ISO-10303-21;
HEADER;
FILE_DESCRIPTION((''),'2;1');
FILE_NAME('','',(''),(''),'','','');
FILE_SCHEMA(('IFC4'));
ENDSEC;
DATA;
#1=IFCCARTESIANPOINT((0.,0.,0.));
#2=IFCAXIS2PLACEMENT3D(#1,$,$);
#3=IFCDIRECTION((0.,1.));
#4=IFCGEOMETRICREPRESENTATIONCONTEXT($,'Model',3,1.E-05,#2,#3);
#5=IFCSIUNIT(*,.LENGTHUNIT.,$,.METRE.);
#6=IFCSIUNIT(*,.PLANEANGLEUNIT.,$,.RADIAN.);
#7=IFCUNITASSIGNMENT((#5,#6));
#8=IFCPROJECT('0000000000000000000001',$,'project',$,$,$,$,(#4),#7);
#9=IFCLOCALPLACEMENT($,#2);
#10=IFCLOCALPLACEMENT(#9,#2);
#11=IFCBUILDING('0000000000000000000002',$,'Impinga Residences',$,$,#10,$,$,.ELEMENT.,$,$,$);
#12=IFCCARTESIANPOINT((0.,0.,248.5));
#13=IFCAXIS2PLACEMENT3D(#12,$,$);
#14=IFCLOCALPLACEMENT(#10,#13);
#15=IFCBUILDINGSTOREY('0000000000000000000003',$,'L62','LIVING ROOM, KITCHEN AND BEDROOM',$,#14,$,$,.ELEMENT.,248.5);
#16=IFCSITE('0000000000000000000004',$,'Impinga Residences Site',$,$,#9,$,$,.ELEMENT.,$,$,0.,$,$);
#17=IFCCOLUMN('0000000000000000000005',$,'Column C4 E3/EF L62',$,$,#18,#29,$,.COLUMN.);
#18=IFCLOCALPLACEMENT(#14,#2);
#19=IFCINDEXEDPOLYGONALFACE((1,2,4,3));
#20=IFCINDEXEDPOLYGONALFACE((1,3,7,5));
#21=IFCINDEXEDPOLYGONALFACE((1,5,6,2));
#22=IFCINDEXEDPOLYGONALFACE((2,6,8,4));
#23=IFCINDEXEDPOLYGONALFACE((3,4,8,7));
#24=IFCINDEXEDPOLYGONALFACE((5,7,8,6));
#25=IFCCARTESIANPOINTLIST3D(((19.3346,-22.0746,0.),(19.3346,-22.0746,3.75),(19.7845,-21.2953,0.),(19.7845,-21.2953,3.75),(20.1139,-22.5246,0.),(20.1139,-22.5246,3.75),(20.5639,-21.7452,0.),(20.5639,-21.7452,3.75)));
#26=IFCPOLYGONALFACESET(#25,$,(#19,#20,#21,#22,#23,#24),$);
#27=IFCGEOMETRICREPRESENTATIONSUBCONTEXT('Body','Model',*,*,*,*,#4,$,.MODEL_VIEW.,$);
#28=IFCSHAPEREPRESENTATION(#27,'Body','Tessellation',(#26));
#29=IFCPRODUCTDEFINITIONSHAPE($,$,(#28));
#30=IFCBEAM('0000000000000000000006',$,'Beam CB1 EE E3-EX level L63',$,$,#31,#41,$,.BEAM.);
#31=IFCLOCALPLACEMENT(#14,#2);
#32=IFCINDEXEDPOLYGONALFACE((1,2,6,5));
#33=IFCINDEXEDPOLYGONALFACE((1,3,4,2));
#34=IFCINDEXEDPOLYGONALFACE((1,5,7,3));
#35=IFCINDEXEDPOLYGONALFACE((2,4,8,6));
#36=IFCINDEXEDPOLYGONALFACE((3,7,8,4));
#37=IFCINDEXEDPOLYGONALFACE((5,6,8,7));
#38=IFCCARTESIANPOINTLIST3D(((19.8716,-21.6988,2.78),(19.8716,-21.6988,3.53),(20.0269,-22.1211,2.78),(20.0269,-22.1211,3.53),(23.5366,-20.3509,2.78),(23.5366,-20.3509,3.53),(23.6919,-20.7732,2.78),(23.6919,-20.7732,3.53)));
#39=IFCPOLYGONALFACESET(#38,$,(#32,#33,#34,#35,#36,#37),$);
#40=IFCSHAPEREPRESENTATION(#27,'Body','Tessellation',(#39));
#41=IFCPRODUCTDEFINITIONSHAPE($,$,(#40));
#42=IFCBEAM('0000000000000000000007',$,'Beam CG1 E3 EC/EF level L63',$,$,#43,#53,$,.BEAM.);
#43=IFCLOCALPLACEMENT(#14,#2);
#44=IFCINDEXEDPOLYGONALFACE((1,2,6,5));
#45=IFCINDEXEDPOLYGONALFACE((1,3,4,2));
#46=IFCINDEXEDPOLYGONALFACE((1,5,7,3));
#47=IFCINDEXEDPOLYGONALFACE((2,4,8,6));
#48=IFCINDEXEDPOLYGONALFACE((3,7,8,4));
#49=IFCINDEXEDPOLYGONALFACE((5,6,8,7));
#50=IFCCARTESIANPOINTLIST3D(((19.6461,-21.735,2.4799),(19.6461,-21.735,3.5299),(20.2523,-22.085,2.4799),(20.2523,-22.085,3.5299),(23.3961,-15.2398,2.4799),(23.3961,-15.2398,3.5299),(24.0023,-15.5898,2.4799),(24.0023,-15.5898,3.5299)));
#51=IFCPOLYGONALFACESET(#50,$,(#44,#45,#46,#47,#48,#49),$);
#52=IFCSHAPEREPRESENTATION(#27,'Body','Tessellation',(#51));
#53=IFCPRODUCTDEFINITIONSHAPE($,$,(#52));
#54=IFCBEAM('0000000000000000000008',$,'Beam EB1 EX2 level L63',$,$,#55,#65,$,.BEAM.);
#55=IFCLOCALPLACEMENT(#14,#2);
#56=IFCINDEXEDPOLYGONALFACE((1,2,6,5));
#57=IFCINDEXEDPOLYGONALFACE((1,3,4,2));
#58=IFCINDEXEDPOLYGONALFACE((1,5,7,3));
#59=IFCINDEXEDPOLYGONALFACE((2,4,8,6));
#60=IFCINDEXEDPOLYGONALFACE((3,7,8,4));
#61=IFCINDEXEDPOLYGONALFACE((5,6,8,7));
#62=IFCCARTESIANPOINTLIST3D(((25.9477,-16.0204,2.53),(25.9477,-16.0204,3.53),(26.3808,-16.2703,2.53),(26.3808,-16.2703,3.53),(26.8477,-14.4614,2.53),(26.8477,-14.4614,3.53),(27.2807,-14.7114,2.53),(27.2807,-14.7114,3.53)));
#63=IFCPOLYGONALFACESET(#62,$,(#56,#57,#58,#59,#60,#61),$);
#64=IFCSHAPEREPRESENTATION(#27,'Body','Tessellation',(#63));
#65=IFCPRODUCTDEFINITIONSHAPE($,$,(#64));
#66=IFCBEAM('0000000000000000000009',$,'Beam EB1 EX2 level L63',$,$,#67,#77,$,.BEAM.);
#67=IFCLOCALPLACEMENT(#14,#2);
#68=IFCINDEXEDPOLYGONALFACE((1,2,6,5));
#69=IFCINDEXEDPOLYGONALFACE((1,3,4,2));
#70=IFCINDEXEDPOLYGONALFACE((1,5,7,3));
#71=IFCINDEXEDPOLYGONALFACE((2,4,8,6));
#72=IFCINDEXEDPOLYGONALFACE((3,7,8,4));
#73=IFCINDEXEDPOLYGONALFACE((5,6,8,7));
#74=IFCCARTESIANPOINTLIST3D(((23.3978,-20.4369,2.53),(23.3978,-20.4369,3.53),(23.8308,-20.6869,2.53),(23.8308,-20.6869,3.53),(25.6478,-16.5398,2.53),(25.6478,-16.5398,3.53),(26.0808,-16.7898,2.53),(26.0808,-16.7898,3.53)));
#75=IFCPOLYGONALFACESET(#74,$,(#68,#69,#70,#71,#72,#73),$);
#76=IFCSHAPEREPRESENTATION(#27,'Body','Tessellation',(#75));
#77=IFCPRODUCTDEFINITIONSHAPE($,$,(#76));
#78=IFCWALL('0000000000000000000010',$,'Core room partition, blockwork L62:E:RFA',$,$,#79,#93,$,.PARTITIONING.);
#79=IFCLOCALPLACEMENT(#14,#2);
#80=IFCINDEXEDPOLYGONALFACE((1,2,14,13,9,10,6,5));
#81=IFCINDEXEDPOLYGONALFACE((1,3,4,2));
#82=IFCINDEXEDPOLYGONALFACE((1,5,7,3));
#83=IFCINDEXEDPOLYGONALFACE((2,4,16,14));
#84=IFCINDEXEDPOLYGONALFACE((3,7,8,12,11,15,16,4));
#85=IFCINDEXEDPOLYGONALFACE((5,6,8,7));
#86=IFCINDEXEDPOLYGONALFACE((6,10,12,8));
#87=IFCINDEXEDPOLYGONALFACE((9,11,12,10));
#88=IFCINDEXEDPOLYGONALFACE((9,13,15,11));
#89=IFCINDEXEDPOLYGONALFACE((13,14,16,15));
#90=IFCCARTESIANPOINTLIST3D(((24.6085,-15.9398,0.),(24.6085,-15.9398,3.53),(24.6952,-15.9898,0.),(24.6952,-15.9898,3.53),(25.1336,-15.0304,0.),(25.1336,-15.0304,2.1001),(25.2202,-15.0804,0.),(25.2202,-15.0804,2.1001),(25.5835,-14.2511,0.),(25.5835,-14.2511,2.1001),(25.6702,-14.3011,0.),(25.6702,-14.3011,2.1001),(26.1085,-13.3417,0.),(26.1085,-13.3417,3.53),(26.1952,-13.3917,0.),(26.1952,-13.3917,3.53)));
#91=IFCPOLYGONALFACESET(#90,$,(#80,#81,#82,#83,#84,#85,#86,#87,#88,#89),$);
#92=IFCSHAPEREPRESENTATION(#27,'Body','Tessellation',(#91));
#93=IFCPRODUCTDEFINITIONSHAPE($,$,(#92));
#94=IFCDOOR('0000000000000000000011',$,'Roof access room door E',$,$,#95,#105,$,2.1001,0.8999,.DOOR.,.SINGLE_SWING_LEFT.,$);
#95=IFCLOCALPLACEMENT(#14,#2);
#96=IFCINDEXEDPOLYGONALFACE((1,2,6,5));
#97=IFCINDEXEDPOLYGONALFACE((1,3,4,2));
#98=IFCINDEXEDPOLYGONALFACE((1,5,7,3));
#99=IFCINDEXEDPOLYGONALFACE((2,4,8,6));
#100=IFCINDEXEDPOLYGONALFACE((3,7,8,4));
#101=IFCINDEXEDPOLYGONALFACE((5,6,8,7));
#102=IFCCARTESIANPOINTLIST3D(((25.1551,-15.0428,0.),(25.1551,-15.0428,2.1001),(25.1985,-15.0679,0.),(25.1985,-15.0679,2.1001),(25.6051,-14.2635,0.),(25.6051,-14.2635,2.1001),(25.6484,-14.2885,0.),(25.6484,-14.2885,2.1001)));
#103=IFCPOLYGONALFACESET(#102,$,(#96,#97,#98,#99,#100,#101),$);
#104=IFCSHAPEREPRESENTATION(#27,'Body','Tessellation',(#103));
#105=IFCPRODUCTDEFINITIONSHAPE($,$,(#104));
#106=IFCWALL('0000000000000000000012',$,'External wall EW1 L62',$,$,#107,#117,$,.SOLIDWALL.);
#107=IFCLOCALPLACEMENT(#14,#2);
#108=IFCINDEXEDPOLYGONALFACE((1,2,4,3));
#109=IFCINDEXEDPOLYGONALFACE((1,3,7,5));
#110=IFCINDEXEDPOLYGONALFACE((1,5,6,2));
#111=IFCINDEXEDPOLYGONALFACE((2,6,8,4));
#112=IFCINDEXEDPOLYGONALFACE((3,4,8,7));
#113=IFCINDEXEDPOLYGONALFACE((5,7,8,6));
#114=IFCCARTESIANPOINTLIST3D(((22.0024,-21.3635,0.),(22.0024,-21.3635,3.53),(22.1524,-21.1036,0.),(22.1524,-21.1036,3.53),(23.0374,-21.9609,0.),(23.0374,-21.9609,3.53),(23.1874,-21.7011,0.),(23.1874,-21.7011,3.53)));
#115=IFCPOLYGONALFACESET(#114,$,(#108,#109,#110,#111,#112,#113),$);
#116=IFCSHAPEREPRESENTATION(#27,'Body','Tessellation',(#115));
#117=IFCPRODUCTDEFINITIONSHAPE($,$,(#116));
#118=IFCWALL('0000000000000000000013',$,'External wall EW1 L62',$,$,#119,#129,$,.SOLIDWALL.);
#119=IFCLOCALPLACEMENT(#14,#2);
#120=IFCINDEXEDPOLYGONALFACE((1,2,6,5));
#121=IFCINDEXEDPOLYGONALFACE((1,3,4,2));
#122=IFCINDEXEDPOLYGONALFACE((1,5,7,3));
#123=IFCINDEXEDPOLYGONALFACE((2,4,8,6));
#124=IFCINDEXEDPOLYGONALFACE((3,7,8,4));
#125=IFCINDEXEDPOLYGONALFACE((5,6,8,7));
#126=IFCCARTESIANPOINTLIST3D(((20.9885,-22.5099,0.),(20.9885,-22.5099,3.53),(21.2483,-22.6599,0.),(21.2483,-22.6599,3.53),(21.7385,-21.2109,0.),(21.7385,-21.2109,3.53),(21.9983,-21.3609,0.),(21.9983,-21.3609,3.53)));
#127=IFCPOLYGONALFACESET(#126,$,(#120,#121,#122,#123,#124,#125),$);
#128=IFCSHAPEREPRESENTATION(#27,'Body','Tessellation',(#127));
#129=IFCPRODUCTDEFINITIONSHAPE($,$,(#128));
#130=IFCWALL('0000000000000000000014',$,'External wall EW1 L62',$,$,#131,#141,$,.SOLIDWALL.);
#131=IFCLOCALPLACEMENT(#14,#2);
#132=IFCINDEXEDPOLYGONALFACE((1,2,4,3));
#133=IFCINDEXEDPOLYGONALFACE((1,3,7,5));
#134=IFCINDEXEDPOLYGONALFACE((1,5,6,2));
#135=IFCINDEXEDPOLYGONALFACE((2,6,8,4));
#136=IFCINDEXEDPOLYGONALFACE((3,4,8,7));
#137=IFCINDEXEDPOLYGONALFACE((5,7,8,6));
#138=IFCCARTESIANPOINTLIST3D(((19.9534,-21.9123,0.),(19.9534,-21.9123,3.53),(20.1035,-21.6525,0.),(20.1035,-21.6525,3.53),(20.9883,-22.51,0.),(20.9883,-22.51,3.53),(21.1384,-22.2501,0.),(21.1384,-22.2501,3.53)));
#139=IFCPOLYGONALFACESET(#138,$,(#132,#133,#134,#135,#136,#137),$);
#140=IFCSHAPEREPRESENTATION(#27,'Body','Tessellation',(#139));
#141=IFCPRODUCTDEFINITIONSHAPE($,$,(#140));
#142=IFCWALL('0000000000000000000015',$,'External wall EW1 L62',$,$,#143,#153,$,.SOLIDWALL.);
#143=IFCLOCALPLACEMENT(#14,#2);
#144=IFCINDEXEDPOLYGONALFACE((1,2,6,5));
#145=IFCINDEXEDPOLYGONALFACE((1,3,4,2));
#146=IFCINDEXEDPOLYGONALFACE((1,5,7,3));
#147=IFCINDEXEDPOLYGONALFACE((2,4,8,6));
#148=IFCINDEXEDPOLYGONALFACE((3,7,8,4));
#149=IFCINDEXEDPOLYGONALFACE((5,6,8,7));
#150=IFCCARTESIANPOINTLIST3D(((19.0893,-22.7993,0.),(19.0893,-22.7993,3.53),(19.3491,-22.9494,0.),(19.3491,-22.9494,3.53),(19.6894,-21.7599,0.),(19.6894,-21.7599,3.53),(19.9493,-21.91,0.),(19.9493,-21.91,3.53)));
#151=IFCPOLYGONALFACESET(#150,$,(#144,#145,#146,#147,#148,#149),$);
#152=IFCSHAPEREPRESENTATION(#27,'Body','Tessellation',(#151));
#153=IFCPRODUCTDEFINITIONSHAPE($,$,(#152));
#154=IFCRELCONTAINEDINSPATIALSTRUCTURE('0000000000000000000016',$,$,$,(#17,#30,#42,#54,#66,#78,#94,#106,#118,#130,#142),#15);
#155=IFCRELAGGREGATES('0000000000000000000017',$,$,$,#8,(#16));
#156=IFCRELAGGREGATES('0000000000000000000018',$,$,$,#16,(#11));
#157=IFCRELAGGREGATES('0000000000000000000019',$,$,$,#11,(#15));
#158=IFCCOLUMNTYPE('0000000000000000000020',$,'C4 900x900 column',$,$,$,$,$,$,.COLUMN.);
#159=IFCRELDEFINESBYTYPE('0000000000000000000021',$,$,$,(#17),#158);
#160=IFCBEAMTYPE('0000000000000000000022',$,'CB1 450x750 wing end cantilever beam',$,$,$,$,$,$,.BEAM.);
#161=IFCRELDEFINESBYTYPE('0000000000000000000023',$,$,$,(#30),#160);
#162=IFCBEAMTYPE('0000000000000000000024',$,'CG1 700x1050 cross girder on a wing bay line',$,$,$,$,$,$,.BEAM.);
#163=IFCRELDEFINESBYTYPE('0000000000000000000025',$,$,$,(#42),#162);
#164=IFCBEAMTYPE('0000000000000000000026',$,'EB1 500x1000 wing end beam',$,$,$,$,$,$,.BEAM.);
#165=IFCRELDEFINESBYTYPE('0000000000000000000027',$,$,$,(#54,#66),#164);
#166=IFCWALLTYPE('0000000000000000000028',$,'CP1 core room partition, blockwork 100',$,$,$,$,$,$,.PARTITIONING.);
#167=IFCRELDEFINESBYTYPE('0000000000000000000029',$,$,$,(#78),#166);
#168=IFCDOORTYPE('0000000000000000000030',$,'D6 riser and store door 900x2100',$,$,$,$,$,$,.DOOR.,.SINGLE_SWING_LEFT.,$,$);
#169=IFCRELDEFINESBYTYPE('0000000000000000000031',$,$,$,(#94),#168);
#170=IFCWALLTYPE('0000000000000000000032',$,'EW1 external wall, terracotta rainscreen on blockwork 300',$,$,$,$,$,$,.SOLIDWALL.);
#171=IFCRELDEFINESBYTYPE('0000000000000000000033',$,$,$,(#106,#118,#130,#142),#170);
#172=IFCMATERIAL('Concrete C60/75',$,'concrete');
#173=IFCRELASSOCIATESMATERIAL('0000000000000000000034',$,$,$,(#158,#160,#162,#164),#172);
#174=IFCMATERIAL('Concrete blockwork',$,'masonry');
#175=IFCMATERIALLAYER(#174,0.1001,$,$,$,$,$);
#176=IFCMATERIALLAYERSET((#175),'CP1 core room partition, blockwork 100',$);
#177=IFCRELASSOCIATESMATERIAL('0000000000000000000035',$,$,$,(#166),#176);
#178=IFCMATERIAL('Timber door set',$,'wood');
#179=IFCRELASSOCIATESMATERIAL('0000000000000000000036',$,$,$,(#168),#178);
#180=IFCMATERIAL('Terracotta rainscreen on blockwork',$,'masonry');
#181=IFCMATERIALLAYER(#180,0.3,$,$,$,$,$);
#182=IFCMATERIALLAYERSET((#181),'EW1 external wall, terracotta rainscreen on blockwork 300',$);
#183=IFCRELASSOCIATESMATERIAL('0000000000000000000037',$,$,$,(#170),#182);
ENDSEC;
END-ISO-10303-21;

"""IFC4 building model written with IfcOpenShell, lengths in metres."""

from ifc_helpers import new_model, si_unit, direction, frame, frame_2d, origin, origin_2d, place, context, subcontext, project, spatial, rectangle, extrude, material, layer, layer_set, material_profile, profile_set, type_object, element, fill, save


model = new_model("IFC4")

# Units and contexts
model_context = context("Model", 3, precision=1e-05, world=origin(), true_north=direction((0.0, 1.0)))
body_context = subcontext(model_context, "Body", "Model", "MODEL_VIEW")
ifc_project = project(units=[si_unit("LENGTHUNIT", "METRE"), si_unit("PLANEANGLEUNIT", "RADIAN")], contexts=[model_context])

# Site, building, storey
site_placement = place(None, origin())
site = spatial("IfcSite", under=ifc_project, at=site_placement, Name="Impinga Residences Site", CompositionType="ELEMENT", RefElevation=0.0)
building_placement = place(site_placement, origin())
building = spatial("IfcBuilding", under=site, at=building_placement, Name="Impinga Residences", CompositionType="ELEMENT")
storey_placement = place(building_placement, frame((0.0, 0.0, 248.5)))
storey = spatial("IfcBuildingStorey", under=building, at=storey_placement, Name="L62", Description="LIVING ROOM, KITCHEN AND BEDROOM", CompositionType="ELEMENT", Elevation=248.5)

# Column
ifc_material_1 = material(Name="Concrete C60/75", Category="concrete")
ifc_material_profile_1 = material_profile(ifc_material_1, rectangle(XDim=0.8999, YDim=0.8999, at=origin_2d()), Name="RC 900x900")
ifc_profile_set_1 = profile_set([ifc_material_profile_1], Name="Concrete C60/75")
column_type = type_object("IfcColumnType", Name="C4 900x900 column", PredefinedType="COLUMN", material=ifc_profile_set_1)
column_placement = place(storey_placement, frame((19.9492, -21.9099, 0.0), z_axis=(0.0, 0.0, 1.0), x_axis=(-0.5, -0.866025, 0.0)))
element("IfcColumn", 1, at=column_placement, inside=storey, type_object=column_type, Name="Column C4 E3/EF L62", PredefinedType="COLUMN", context=body_context, shape_type="SweptSolid", body=[
    extrude(rectangle(XDim=0.8999, YDim=0.8999, at=origin_2d()), origin(), (0.0, 0.0, 1.0), 3.75),
])

# Beams
ifc_material_profile_2 = material_profile(ifc_material_1, rectangle(XDim=0.45, YDim=0.75, at=origin_2d()), Name="RC 450x750")
ifc_profile_set_2 = profile_set([ifc_material_profile_2], Name="Concrete C60/75")
beam_type_1 = type_object("IfcBeamType", Name="CB1 450x750 wing end cantilever beam", PredefinedType="BEAM", material=ifc_profile_set_2)
beam_1_placement = place(storey_placement, frame((19.9492, -21.9099, 3.155), z_axis=(0.93854, 0.345169, 0.0), x_axis=(-0.345169, 0.93854, 0.0)))
element("IfcBeam", 2, at=beam_1_placement, inside=storey, type_object=beam_type_1, Name="Beam CB1 EE E3-EX level L63", PredefinedType="BEAM", context=body_context, shape_type="SweptSolid", body=[
    extrude(rectangle(XDim=0.45, YDim=0.75, at=origin_2d()), origin(), (0.0, 0.0, 1.0), 3.905),
])
ifc_material_profile_3 = material_profile(ifc_material_1, rectangle(XDim=0.7, YDim=1.05, at=origin_2d()), Name="RC 700x1050")
ifc_profile_set_3 = profile_set([ifc_material_profile_3], Name="Concrete C60/75")
beam_type_2 = type_object("IfcBeamType", Name="CG1 700x1050 cross girder on a wing bay line", PredefinedType="BEAM", material=ifc_profile_set_3)
beam_2_placement = place(storey_placement, frame((23.6992, -15.4148, 3.0049), z_axis=(-0.500004, -0.866023, 0.0), x_axis=(0.866023, -0.500004, 0.0)))
element("IfcBeam", 3, at=beam_2_placement, inside=storey, type_object=beam_type_2, Name="Beam CG1 E3 EC/EF level L63", PredefinedType="BEAM", context=body_context, shape_type="SweptSolid", body=[
    extrude(rectangle(XDim=0.7, YDim=1.05, at=origin_2d()), origin(), (0.0, 0.0, 1.0), 7.5),
])
ifc_material_profile_4 = material_profile(ifc_material_1, rectangle(XDim=0.5, YDim=1.0, at=origin_2d()), Name="RC 500x1000")
ifc_profile_set_4 = profile_set([ifc_material_profile_4], Name="Concrete C60/75")
beam_type_3 = type_object("IfcBeamType", Name="EB1 500x1000 wing end beam", PredefinedType="BEAM", material=ifc_profile_set_4)
beam_3_placement = place(storey_placement, frame((27.0642, -14.5864, 3.03), z_axis=(-0.499961, -0.866048, 0.0), x_axis=(0.866048, -0.499961, 0.0)))
element("IfcBeam", 4, at=beam_3_placement, inside=storey, type_object=beam_type_3, Name="Beam EB1 EX2 level L63", PredefinedType="BEAM", context=body_context, shape_type="SweptSolid", body=[
    extrude(rectangle(XDim=0.5, YDim=1.0, at=origin_2d()), origin(), (0.0, 0.0, 1.0), 1.8),
])
beam_4_placement = place(storey_placement, frame((25.8643, -16.6648, 3.03), z_axis=(-0.49999, -0.866031, 0.0), x_axis=(0.866031, -0.49999, 0.0)))
element("IfcBeam", 5, at=beam_4_placement, inside=storey, type_object=beam_type_3, Name="Beam EB1 EX2 level L63", PredefinedType="BEAM", context=body_context, shape_type="SweptSolid", body=[
    extrude(rectangle(XDim=0.5, YDim=1.0, at=origin_2d()), origin(), (0.0, 0.0, 1.0), 4.5),
])

# Wall, opening, door
ifc_material_2 = material(Name="Concrete blockwork", Category="masonry")
ifc_layer_1 = layer(ifc_material_2, 0.1001)
ifc_layer_set_1 = layer_set([ifc_layer_1], Name="CP1 core room partition, blockwork 100")
wall_type_1 = type_object("IfcWallType", Name="CP1 core room partition, blockwork 100", PredefinedType="PARTITIONING", material=ifc_layer_set_1)
wall_1_placement = place(storey_placement, frame((26.1519, -13.3667, 0.0), z_axis=(0.0, 0.0, 1.0), x_axis=(-0.49999, -0.866031, 0.0)))
wall_1 = element("IfcWall", 6, at=wall_1_placement, inside=storey, type_object=wall_type_1, Name="Core room partition, blockwork L62:E:RFA", PredefinedType="PARTITIONING", context=body_context, shape_type="SweptSolid", body=[
    extrude(rectangle(XDim=3.0, YDim=0.1001, at=frame_2d((1.5, 0.0))), origin(), (0.0, 0.0, 1.0), 3.53),
])
opening_1_placement = place(wall_1_placement, frame((1.05, 0.0, 0.0)))
opening_1 = element("IfcOpeningElement", 7, at=opening_1_placement, cuts=wall_1, PredefinedType="OPENING", context=body_context, shape_type="SweptSolid", body=[
    extrude(rectangle(XDim=0.8999, YDim=2.1001, at=frame_2d((0.45, 1.05))), frame((0.0, 0.0601, 0.0), z_axis=(0.0, -1.0, 0.0), x_axis=(1.0, 0.0, 0.0)), (0.0, 0.0, 1.0), 0.1201),
])
ifc_material_3 = material(Name="Timber door set", Category="wood")
door_type = type_object("IfcDoorType", Name="D6 riser and store door 900x2100", OperationType="SINGLE_SWING_LEFT", PredefinedType="DOOR", material=ifc_material_3)
door_placement = place(opening_1_placement, origin())
door = element("IfcDoor", 8, at=door_placement, inside=storey, type_object=door_type, Name="Roof access room door E", OperationType="SINGLE_SWING_LEFT", OverallHeight=2.1001, OverallWidth=0.8999, PredefinedType="DOOR", context=body_context, shape_type="SweptSolid", body=[
    extrude(rectangle(XDim=0.8999, YDim=2.1001, at=frame_2d((0.45, 1.05))), frame((0.0, 0.0249, 0.0), z_axis=(0.0, -1.0, 0.0), x_axis=(1.0, 0.0, 0.0)), (0.0, 0.0, 1.0), 0.05),
])
fill(opening_1, door)

# Walls
ifc_material_4 = material(Name="Terracotta rainscreen on blockwork", Category="masonry")
ifc_layer_2 = layer(ifc_material_4, 0.3)
ifc_layer_set_2 = layer_set([ifc_layer_2], Name="EW1 external wall, terracotta rainscreen on blockwork 300")
wall_type_2 = type_object("IfcWallType", Name="EW1 external wall, terracotta rainscreen on blockwork 300", PredefinedType="SOLIDWALL", material=ifc_layer_set_2)
wall_2_placement = place(storey_placement, frame((23.1125, -21.8311, 0.0), z_axis=(0.0, 0.0, 1.0), x_axis=(-0.86606, 0.499941, 0.0)))
element("IfcWall", 9, at=wall_2_placement, inside=storey, type_object=wall_type_2, Name="External wall EW1 L62", PredefinedType="SOLIDWALL", context=body_context, shape_type="SweptSolid", body=[
    extrude(rectangle(XDim=1.1951, YDim=0.3, at=frame_2d((0.5977, 0.0))), origin(), (0.0, 0.0, 1.0), 3.53),
])
wall_3_placement = place(storey_placement, frame((21.8684, -21.2859, 0.0), z_axis=(0.0, 0.0, 1.0), x_axis=(-0.49999, -0.866031, 0.0)))
element("IfcWall", 10, at=wall_3_placement, inside=storey, type_object=wall_type_2, Name="External wall EW1 L62", PredefinedType="SOLIDWALL", context=body_context, shape_type="SweptSolid", body=[
    extrude(rectangle(XDim=1.5, YDim=0.3, at=frame_2d((0.75, 0.0))), origin(), (0.0, 0.0, 1.0), 3.53),
])
wall_4_placement = place(storey_placement, frame((21.0635, -22.3801, 0.0), z_axis=(0.0, 0.0, 1.0), x_axis=(-0.865971, 0.500094, 0.0)))
element("IfcWall", 11, at=wall_4_placement, inside=storey, type_object=wall_type_2, Name="External wall EW1 L62", PredefinedType="SOLIDWALL", context=body_context, shape_type="SweptSolid", body=[
    extrude(rectangle(XDim=1.1951, YDim=0.3, at=frame_2d((0.5977, 0.0))), origin(), (0.0, 0.0, 1.0), 3.53),
])
wall_5_placement = place(storey_placement, frame((19.8193, -21.835, 0.0), z_axis=(0.0, 0.0, 1.0), x_axis=(-0.500034, -0.866006, 0.0)))
element("IfcWall", 12, at=wall_5_placement, inside=storey, type_object=wall_type_2, Name="External wall EW1 L62", PredefinedType="SOLIDWALL", context=body_context, shape_type="SweptSolid", body=[
    extrude(rectangle(XDim=1.2002, YDim=0.3, at=frame_2d((0.6001, 0.0))), origin(), (0.0, 0.0, 1.0), 3.53),
])

save(model, "model.ifc")
